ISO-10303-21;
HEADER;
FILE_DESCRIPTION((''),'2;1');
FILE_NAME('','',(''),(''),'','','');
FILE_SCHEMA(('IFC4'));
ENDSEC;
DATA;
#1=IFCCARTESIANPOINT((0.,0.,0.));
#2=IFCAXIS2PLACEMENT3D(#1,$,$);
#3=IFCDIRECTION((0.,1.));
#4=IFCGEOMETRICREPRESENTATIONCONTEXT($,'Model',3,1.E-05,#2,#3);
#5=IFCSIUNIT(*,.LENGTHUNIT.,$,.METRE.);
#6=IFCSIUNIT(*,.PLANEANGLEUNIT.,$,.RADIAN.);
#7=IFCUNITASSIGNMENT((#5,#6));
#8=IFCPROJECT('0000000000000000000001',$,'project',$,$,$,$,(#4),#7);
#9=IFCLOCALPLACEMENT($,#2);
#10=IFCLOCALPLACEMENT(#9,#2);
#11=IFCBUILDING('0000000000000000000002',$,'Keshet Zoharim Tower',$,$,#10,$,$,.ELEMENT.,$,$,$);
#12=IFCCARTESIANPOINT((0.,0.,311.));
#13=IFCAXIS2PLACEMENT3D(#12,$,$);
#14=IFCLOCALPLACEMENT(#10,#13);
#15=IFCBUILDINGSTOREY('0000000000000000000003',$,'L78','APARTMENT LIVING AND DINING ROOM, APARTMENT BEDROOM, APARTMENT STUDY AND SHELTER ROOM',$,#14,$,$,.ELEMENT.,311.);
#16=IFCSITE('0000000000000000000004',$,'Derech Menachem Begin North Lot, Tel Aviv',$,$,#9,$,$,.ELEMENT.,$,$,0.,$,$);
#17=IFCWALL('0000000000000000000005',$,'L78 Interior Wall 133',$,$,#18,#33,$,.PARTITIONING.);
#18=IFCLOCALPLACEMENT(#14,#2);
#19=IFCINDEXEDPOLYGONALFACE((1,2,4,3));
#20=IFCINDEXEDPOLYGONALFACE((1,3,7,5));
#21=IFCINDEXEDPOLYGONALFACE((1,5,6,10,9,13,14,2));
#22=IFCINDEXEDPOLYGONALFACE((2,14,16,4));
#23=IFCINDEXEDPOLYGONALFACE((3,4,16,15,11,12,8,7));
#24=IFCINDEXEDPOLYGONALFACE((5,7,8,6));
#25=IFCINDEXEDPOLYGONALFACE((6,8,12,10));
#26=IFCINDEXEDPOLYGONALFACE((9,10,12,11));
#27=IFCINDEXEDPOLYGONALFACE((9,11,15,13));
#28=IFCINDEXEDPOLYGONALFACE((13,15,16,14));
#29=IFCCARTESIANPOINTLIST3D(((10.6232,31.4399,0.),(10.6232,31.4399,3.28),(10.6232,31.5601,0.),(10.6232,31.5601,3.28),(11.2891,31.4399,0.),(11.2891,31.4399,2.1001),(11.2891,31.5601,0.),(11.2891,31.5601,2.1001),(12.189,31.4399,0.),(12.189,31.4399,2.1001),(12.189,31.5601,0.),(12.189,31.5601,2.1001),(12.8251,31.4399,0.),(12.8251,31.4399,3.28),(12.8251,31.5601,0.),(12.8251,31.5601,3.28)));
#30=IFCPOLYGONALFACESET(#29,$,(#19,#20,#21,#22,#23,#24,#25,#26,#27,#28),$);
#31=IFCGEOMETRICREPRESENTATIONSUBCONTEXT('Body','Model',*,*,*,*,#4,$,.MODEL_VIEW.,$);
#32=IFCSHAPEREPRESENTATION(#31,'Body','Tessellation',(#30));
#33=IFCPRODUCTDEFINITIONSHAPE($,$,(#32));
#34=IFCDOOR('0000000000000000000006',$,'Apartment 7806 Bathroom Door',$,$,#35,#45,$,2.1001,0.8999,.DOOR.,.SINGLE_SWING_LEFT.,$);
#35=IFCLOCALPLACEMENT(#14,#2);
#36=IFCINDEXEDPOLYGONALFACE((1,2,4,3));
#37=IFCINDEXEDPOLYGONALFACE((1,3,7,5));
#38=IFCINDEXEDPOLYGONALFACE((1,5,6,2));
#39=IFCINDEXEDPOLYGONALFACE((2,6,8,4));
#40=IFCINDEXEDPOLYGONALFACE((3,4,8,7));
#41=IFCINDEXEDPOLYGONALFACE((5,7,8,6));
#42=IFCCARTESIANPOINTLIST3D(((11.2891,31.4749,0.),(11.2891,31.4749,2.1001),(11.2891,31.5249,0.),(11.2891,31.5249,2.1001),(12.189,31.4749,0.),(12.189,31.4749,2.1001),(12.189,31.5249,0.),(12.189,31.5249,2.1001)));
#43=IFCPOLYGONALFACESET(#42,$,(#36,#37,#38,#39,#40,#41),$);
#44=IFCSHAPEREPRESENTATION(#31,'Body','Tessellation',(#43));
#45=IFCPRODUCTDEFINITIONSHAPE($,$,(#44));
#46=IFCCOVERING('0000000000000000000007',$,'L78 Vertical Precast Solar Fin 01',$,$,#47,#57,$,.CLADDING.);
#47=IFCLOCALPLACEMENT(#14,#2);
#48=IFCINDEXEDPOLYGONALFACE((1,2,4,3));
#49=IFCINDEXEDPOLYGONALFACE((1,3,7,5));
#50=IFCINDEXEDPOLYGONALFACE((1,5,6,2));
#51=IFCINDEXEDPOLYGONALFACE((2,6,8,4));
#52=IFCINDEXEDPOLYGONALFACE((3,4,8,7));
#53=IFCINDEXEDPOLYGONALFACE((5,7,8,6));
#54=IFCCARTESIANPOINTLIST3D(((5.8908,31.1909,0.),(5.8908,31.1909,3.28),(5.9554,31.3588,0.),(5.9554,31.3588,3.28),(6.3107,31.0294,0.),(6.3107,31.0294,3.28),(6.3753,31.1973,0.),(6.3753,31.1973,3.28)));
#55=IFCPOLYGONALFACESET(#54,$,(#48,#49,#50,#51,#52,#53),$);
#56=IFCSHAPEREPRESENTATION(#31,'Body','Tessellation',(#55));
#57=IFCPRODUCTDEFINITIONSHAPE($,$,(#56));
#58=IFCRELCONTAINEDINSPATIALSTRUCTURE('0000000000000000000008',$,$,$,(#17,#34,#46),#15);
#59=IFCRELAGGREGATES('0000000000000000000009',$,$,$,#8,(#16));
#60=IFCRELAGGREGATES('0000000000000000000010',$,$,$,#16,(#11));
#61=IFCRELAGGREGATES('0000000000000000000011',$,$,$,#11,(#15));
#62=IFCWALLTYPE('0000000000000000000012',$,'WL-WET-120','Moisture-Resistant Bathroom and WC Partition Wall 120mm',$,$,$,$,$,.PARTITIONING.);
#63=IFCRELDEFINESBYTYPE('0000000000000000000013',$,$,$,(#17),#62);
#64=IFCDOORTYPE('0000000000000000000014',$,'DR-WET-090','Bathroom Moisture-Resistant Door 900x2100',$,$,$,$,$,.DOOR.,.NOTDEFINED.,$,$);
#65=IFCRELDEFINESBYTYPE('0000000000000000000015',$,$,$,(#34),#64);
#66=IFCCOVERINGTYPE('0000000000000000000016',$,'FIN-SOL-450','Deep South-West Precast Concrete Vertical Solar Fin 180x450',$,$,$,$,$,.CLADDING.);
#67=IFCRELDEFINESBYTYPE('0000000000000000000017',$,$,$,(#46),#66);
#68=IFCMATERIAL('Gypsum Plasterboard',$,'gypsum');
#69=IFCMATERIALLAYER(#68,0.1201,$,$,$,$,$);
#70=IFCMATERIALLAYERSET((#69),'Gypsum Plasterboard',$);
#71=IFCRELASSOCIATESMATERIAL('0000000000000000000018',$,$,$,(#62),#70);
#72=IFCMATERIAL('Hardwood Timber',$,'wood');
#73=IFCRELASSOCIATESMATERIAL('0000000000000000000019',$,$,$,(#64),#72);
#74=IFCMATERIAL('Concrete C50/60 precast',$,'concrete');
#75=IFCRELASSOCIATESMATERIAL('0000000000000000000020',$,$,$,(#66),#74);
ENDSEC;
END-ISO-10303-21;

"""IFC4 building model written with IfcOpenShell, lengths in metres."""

from ifc_helpers import new_model, si_unit, direction, frame, frame_2d, origin, origin_2d, place, context, subcontext, project, spatial, rectangle, extrude, material, layer, layer_set, type_object, element, fill, save


model = new_model("IFC4")

# Units and contexts
model_context = context("Model", 3, precision=1e-05, world=origin(), true_north=direction((0.0, 1.0)))
body_context = subcontext(model_context, "Body", "Model", "MODEL_VIEW")
ifc_project = project(units=[si_unit("LENGTHUNIT", "METRE"), si_unit("PLANEANGLEUNIT", "RADIAN")], contexts=[model_context])

# Site, building, storey
site_placement = place(None, origin())
site = spatial("IfcSite", under=ifc_project, at=site_placement, Name="Derech Menachem Begin North Lot, Tel Aviv", CompositionType="ELEMENT", RefElevation=0.0)
building_placement = place(site_placement, origin())
building = spatial("IfcBuilding", under=site, at=building_placement, Name="Keshet Zoharim Tower", CompositionType="ELEMENT")
storey_placement = place(building_placement, frame((0.0, 0.0, 311.0)))
storey = spatial("IfcBuildingStorey", under=building, at=storey_placement, Name="L78", Description="APARTMENT LIVING AND DINING ROOM, APARTMENT BEDROOM, APARTMENT STUDY AND SHELTER ROOM", CompositionType="ELEMENT", Elevation=311.0)

# Shared definitions
ifc_material_1 = material(Name="Hardwood Timber", Category="wood")

# Shared definitions
ifc_material_2 = material(Name="Gypsum Plasterboard", Category="gypsum")

# Shared definitions
ifc_layer_1 = layer(ifc_material_2, 0.1201)
ifc_layer_set_1 = layer_set([ifc_layer_1], Name="Gypsum Plasterboard")
wall_type_1 = type_object("IfcWallType", Name="WL-WET-120", Description="Moisture-Resistant Bathroom and WC Partition Wall 120mm", PredefinedType="PARTITIONING", material=ifc_layer_set_1)

# Wall, opening, door
wall_1_placement = place(storey_placement, frame((10.623, 31.5, 0.0), z_axis=(0.0, 0.0, 1.0), x_axis=(1.0, 0.0, 0.0)))
wall_1 = element("IfcWall", 1, at=wall_1_placement, inside=storey, type_object=wall_type_1, Name="L78 Interior Wall 133", PredefinedType="PARTITIONING", context=body_context, shape_type="SweptSolid", body=[
    extrude(rectangle(XDim=2.2019, YDim=0.1201, at=frame_2d((1.1011, 0.0))), origin(), (0.0, 0.0, 1.0), 3.28),
])
opening_1_placement = place(wall_1_placement, frame((0.666, 0.0, 0.0)))
opening_1 = element("IfcOpeningElement", 2, at=opening_1_placement, cuts=wall_1, PredefinedType="OPENING", context=body_context, shape_type="SweptSolid", body=[
    extrude(rectangle(XDim=0.8999, YDim=2.1001, at=frame_2d((0.45, 1.05))), frame((0.0, 0.0701, 0.0), z_axis=(0.0, -1.0, 0.0), x_axis=(1.0, 0.0, 0.0)), (0.0, 0.0, 1.0), 0.1401),
])
door_type_1 = type_object("IfcDoorType", Name="DR-WET-090", Description="Bathroom Moisture-Resistant Door 900x2100", OperationType="NOTDEFINED", PredefinedType="DOOR", material=ifc_material_1)
door_1_placement = place(opening_1_placement, origin())
door_1 = element("IfcDoor", 3, at=door_1_placement, inside=storey, type_object=door_type_1, Name="Apartment 7806 Bathroom Door", OperationType="SINGLE_SWING_LEFT", OverallHeight=2.1001, OverallWidth=0.8999, PredefinedType="DOOR", context=body_context, shape_type="SweptSolid", body=[
    extrude(rectangle(XDim=0.8999, YDim=2.1001, at=frame_2d((0.45, 1.05))), frame((0.0, 0.0249, 0.0), z_axis=(0.0, -1.0, 0.0), x_axis=(1.0, 0.0, 0.0)), (0.0, 0.0, 1.0), 0.05),
])
fill(opening_1, door_1)

# Covering
ifc_material_3 = material(Name="Concrete C50/60 precast", Category="concrete")
covering_type = type_object("IfcCoveringType", Name="FIN-SOL-450", Description="Deep South-West Precast Concrete Vertical Solar Fin 180x450", PredefinedType="CLADDING", material=ifc_material_3)
covering_placement = place(storey_placement, frame((6.1331, 31.1941, 0.0), z_axis=(0.0, 0.0, 1.0), x_axis=(0.35899, 0.933341, 0.0)))
element("IfcCovering", 4, at=covering_placement, inside=storey, type_object=covering_type, Name="L78 Vertical Precast Solar Fin 01", PredefinedType="CLADDING", context=body_context, shape_type="SweptSolid", body=[
    extrude(rectangle(XDim=0.1799, YDim=0.45, at=origin_2d()), origin(), (0.0, 0.0, 1.0), 3.28),
])

save(model, "model.ifc")
